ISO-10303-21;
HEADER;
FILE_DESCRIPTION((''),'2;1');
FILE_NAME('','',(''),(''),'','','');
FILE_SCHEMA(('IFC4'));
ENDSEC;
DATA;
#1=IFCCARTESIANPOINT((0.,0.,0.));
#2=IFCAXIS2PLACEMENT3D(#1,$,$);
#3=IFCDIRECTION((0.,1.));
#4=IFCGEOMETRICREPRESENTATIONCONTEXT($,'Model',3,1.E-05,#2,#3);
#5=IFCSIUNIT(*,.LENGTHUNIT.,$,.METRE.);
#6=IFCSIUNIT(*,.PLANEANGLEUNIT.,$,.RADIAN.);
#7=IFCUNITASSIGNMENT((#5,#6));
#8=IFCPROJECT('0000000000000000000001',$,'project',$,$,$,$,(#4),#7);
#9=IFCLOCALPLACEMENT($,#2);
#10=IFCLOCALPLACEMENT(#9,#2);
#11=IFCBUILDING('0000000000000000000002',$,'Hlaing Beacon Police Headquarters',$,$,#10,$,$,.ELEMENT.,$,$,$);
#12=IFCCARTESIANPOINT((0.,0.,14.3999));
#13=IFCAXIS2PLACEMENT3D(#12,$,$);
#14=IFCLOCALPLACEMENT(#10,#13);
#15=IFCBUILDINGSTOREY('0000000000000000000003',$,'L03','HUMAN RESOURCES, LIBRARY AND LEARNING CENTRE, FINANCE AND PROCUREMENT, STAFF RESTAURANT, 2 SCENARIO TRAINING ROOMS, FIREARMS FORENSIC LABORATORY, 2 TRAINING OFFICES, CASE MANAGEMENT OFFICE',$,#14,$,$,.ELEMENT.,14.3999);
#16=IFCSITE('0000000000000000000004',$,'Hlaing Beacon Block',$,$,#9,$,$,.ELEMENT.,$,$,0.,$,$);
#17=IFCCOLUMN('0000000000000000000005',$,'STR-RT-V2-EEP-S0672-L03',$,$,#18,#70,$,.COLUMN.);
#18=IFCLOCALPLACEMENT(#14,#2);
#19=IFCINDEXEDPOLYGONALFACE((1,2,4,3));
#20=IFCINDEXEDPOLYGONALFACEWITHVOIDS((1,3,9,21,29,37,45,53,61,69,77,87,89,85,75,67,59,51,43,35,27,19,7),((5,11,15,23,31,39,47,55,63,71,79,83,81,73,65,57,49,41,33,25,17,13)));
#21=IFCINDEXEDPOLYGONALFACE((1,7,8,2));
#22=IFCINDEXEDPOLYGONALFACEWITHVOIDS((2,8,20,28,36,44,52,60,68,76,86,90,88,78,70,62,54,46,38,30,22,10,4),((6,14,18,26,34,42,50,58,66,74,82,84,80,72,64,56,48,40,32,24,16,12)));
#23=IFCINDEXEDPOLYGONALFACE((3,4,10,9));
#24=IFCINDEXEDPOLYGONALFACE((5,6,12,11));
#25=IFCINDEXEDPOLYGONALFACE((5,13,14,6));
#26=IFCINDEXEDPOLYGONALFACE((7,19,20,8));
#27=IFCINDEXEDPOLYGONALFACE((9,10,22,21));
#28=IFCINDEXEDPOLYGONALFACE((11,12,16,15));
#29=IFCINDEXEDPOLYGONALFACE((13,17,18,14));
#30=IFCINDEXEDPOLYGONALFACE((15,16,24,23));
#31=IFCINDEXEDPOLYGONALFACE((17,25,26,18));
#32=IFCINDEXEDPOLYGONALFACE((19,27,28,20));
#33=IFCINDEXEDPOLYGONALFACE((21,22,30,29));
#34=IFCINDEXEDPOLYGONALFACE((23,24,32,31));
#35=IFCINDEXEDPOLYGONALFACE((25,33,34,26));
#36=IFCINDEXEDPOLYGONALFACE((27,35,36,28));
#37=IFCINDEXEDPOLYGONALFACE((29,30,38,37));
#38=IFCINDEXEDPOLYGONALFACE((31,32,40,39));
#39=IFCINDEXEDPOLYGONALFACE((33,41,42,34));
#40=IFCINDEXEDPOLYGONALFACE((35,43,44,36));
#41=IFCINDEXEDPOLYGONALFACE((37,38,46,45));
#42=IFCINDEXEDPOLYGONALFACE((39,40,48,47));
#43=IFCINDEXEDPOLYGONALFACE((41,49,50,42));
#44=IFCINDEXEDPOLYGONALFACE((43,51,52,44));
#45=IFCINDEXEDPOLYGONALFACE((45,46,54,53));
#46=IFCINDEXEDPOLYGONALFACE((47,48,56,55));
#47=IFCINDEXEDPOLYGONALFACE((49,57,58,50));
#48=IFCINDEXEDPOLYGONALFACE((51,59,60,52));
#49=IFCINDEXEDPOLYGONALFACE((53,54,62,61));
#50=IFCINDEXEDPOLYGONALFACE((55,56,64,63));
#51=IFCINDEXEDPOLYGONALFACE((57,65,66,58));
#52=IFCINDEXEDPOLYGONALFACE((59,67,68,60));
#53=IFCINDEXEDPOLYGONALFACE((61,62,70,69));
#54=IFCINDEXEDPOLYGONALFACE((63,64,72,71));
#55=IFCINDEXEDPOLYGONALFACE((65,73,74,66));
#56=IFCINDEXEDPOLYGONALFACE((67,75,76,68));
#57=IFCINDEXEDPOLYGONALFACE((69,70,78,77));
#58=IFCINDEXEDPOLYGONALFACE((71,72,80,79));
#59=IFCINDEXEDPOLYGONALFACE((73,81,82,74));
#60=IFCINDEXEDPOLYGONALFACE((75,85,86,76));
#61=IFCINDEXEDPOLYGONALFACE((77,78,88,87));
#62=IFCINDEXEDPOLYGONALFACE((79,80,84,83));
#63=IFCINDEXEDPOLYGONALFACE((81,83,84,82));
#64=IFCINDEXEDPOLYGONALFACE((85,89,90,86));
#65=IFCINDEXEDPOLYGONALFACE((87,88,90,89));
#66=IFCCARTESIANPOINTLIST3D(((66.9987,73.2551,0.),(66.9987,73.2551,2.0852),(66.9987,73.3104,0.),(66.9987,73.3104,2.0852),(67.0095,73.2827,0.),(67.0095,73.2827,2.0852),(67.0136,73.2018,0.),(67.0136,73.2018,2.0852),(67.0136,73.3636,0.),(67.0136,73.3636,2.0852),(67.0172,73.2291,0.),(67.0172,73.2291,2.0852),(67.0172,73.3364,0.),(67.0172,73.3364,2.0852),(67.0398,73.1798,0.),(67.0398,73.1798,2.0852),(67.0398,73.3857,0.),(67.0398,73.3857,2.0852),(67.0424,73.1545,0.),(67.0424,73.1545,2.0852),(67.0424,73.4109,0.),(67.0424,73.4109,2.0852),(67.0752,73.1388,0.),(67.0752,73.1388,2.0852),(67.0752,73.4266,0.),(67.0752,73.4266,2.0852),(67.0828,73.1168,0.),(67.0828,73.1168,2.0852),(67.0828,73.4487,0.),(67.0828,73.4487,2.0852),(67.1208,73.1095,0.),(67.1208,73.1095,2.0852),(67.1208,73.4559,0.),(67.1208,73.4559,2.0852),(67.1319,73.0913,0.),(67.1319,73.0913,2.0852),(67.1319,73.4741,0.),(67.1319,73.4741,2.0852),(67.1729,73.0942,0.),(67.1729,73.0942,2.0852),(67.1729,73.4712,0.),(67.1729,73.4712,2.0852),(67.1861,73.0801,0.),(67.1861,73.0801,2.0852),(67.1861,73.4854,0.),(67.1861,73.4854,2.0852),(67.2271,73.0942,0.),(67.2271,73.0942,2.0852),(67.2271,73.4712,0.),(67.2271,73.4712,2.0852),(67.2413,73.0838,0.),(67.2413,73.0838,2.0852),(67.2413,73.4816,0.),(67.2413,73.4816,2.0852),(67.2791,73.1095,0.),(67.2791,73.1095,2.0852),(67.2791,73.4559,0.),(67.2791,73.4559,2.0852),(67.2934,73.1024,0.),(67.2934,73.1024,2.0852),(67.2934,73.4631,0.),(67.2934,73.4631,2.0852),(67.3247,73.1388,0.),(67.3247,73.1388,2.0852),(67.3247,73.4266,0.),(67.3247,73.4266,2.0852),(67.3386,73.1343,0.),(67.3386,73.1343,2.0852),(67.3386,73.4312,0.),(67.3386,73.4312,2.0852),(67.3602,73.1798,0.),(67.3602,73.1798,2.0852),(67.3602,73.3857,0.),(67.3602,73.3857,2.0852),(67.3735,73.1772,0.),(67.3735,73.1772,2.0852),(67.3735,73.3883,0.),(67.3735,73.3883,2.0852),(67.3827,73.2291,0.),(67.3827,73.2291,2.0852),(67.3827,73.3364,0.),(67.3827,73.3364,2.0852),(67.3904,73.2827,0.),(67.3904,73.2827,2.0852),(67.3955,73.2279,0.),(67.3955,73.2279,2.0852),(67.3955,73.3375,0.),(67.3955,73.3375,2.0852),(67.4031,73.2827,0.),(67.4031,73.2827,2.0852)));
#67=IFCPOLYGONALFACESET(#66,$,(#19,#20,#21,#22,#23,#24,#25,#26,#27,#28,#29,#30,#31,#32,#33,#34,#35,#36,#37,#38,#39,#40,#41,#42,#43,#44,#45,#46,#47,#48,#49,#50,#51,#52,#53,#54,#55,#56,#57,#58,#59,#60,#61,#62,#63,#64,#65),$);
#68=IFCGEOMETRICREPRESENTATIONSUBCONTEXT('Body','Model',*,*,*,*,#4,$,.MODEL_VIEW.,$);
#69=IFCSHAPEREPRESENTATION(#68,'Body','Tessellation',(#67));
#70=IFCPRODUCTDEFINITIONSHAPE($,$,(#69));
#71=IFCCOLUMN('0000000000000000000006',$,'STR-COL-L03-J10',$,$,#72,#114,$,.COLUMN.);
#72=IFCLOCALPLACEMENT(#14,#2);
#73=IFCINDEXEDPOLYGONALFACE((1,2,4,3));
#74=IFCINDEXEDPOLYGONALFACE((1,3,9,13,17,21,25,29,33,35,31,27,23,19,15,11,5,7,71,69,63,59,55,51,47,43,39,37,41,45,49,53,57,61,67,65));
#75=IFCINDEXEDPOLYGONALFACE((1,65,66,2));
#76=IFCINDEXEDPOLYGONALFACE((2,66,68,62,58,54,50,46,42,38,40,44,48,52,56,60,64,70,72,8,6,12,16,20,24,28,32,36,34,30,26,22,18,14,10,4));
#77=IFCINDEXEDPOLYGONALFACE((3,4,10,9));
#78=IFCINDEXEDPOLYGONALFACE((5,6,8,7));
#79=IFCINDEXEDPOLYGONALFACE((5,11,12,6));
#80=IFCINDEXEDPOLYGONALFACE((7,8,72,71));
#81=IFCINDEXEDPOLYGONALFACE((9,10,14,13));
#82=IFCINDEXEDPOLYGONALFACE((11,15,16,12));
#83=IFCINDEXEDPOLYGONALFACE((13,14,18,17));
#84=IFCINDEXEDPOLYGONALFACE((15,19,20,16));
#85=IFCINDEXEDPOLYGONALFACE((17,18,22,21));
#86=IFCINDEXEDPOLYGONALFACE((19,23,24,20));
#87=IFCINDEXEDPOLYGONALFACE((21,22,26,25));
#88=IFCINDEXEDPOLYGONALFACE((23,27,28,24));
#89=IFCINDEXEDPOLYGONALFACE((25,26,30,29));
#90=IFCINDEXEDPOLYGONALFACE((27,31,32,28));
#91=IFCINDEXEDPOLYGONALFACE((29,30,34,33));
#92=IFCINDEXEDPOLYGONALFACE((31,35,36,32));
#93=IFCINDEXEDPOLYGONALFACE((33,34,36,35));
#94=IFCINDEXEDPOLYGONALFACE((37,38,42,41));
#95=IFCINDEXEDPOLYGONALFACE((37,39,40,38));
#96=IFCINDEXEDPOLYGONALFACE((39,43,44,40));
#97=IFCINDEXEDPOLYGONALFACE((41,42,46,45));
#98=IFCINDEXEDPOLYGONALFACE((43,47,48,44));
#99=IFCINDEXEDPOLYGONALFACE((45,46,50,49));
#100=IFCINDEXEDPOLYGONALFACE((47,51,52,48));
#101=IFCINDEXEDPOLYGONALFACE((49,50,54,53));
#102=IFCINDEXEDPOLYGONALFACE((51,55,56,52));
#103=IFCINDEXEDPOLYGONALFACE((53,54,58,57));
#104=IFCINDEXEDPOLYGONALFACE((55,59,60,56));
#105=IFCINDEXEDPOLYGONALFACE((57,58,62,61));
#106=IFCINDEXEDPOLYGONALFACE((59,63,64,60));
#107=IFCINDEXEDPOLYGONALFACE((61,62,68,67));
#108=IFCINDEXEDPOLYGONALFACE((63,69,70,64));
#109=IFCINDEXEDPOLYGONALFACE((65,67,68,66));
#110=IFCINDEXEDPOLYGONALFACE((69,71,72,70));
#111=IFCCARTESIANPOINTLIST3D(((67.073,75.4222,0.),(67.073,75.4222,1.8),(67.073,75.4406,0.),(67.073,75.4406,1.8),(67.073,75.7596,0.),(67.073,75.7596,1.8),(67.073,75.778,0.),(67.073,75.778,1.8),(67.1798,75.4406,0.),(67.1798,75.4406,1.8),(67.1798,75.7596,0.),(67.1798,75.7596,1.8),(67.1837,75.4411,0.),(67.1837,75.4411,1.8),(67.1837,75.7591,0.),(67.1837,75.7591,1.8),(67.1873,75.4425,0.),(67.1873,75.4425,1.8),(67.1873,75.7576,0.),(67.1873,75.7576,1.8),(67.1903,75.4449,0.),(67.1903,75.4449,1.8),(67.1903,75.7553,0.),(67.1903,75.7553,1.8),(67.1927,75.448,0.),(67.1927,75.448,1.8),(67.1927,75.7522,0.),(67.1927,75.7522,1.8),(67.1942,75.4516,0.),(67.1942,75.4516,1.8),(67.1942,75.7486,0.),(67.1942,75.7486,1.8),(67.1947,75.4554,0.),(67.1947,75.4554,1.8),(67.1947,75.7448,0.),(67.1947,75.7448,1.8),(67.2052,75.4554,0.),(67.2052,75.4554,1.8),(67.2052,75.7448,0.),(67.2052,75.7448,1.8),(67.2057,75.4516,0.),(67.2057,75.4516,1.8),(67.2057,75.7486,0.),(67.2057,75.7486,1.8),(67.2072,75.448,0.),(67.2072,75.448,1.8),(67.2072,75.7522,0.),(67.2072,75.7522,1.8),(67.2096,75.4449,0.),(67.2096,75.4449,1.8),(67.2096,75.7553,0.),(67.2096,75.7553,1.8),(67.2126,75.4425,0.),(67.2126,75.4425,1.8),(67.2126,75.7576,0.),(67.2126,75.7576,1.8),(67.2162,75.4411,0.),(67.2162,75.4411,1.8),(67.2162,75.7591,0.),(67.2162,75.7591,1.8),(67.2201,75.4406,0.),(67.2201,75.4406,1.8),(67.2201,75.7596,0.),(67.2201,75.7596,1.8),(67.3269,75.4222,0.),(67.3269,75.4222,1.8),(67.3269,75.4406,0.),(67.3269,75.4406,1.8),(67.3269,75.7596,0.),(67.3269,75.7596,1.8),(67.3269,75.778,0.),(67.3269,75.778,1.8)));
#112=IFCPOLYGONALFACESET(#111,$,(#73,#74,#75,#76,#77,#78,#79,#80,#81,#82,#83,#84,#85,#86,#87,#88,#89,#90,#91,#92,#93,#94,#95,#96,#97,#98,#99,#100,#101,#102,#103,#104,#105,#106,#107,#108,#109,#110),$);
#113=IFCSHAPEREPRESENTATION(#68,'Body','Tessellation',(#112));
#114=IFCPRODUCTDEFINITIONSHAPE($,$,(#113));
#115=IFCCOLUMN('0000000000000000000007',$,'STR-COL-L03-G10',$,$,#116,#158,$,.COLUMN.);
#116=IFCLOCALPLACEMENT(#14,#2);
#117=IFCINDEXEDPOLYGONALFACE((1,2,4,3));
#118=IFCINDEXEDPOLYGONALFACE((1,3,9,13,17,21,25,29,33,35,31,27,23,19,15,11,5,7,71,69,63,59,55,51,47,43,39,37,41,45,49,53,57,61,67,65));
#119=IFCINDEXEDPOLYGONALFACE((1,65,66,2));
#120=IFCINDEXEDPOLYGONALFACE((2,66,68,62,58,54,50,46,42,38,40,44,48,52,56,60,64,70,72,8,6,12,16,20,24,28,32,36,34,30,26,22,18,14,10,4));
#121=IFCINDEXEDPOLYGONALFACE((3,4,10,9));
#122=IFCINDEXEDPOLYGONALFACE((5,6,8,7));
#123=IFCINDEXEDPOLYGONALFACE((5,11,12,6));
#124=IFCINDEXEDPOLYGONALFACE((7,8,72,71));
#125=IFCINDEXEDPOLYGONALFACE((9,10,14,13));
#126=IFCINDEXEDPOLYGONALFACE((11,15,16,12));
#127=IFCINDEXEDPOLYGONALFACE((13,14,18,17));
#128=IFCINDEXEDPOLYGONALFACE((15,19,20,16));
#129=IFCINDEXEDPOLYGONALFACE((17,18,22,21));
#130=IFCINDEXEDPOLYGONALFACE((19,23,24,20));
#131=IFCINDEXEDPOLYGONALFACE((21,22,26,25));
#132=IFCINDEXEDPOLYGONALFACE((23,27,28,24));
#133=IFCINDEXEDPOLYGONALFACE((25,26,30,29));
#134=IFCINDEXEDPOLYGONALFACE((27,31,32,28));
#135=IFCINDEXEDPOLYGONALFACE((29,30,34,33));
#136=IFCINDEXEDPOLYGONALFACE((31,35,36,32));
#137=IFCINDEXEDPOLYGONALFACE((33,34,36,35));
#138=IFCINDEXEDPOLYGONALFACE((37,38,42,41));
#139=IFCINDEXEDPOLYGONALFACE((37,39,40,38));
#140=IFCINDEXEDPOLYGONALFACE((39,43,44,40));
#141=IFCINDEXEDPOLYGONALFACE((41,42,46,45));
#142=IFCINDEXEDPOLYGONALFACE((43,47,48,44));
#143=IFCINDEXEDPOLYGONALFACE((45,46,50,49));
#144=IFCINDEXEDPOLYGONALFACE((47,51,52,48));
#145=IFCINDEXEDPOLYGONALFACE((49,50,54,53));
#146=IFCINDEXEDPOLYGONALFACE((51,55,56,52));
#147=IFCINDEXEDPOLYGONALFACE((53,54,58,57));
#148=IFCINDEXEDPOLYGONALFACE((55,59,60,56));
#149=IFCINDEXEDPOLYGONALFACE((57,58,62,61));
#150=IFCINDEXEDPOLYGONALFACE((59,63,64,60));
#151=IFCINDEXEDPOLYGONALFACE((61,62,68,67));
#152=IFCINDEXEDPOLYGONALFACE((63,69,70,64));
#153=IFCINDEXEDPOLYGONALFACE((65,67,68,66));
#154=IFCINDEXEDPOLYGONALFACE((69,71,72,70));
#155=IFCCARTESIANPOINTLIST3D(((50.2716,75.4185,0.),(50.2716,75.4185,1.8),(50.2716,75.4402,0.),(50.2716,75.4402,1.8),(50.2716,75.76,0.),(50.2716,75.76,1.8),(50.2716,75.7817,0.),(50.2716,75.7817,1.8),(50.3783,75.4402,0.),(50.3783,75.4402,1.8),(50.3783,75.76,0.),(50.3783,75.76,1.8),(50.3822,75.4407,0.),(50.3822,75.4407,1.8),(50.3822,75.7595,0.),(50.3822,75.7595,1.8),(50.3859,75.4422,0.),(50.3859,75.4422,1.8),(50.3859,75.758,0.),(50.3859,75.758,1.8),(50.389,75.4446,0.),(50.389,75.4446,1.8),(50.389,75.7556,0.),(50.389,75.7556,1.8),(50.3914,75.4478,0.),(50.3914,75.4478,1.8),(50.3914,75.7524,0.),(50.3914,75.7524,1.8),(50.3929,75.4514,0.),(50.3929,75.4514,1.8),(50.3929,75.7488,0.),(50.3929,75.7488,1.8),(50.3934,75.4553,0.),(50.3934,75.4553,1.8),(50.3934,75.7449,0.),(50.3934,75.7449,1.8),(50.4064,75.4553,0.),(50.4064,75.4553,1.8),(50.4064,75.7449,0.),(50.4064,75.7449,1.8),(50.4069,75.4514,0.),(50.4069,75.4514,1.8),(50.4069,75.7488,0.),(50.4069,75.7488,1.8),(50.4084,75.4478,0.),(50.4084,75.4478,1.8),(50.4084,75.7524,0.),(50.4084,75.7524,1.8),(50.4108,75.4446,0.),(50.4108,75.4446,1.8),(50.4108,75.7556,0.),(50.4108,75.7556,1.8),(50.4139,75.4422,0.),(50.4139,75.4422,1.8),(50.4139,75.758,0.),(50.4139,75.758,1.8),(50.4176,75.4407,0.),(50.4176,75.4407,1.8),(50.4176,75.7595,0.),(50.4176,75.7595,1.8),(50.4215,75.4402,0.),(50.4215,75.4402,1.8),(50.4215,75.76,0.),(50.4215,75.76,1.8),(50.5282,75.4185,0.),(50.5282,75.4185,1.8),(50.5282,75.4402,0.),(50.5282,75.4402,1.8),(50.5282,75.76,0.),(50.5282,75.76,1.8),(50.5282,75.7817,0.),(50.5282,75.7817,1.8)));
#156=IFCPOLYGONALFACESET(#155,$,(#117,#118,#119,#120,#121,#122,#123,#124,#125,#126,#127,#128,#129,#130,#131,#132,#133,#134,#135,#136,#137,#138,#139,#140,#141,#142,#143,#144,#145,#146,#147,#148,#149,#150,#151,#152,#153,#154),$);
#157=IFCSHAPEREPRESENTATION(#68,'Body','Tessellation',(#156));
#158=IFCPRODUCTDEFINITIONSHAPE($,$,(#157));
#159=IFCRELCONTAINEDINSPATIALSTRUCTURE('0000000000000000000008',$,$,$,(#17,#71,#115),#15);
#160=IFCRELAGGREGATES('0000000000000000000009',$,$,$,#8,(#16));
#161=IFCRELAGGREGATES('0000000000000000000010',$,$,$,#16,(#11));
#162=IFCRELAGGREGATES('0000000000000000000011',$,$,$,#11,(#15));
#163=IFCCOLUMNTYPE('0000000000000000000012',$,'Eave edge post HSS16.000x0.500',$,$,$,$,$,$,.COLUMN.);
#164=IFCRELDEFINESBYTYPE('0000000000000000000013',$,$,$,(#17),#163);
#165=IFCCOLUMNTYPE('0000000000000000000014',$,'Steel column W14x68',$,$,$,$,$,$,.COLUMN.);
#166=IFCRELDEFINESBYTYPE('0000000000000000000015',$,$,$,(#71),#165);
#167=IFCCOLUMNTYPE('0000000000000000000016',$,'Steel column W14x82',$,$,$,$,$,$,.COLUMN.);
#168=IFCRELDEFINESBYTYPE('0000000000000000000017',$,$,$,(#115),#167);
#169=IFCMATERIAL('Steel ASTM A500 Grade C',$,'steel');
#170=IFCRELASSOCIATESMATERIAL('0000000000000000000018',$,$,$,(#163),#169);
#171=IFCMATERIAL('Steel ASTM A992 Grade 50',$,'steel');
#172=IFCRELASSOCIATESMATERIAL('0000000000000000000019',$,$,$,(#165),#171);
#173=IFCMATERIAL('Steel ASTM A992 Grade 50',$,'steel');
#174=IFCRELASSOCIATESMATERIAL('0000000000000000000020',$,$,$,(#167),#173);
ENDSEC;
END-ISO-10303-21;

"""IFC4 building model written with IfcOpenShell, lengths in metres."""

from ifc_helpers import new_model, si_unit, direction, frame, origin, origin_2d, place, context, subcontext, project, spatial, hollow_circle, i_section, extrude, material, material_profile, profile_set, type_object, element, save


model = new_model("IFC4")

# Units and contexts
model_context = context("Model", 3, precision=1e-05, world=origin(), true_north=direction((0.0, 1.0)))
body_context = subcontext(model_context, "Body", "Model", "MODEL_VIEW")
ifc_project = project(units=[si_unit("LENGTHUNIT", "METRE"), si_unit("PLANEANGLEUNIT", "RADIAN")], contexts=[model_context])

# Site, building, storey
site_placement = place(None, origin())
site = spatial("IfcSite", under=ifc_project, at=site_placement, Name="Hlaing Beacon Block", CompositionType="ELEMENT", RefElevation=0.0)
building_placement = place(site_placement, origin())
building = spatial("IfcBuilding", under=site, at=building_placement, Name="Hlaing Beacon Police Headquarters", CompositionType="ELEMENT")
storey_placement = place(building_placement, frame((0.0, 0.0, 14.3999)))
storey = spatial("IfcBuildingStorey", under=building, at=storey_placement, Name="L03", Description="HUMAN RESOURCES, LIBRARY AND LEARNING CENTRE, FINANCE AND PROCUREMENT, STAFF RESTAURANT, 2 SCENARIO TRAINING ROOMS, FIREARMS FORENSIC LABORATORY, 2 TRAINING OFFICES, CASE MANAGEMENT OFFICE", CompositionType="ELEMENT", Elevation=14.3999)

# Columns
ifc_material_1 = material(Name="Steel ASTM A500 Grade C", Category="steel")
ifc_material_profile_1 = material_profile(ifc_material_1, hollow_circle(Radius=0.2031, WallThickness=0.0127, at=origin_2d()), Name="HSS16.000x0.500")
ifc_profile_set_1 = profile_set([ifc_material_profile_1], Name="Steel ASTM A500 Grade C")
column_type_1 = type_object("IfcColumnType", Name="Eave edge post HSS16.000x0.500", PredefinedType="COLUMN", material=ifc_profile_set_1)
column_1_placement = place(storey_placement, frame((67.2, 73.2827, 0.0), z_axis=(0.0, 0.0, 1.0), x_axis=(1.0, 0.0, 0.0)))
element("IfcColumn", 1, at=column_1_placement, inside=storey, type_object=column_type_1, Name="STR-RT-V2-EEP-S0672-L03", PredefinedType="COLUMN", context=body_context, shape_type="SweptSolid", body=[
    extrude(hollow_circle(Radius=0.2031, WallThickness=0.0127, at=origin_2d()), origin(), (0.0, 0.0, 1.0), 2.0852),
])
ifc_material_2 = material(Name="Steel ASTM A992 Grade 50", Category="steel")
ifc_material_profile_2 = material_profile(ifc_material_2, i_section(OverallWidth=0.2539, OverallDepth=0.3557, WebThickness=0.0105, FlangeThickness=0.0183, FilletRadius=0.0149, at=origin_2d()), Name="W14x68")
ifc_profile_set_2 = profile_set([ifc_material_profile_2], Name="Steel ASTM A992 Grade 50")
column_type_2 = type_object("IfcColumnType", Name="Steel column W14x68", PredefinedType="COLUMN", material=ifc_profile_set_2)
column_2_placement = place(storey_placement, frame((67.2, 75.6001, 0.0), z_axis=(0.0, 0.0, 1.0), x_axis=(1.0, 0.0, 0.0)))
element("IfcColumn", 2, at=column_2_placement, inside=storey, type_object=column_type_2, Name="STR-COL-L03-J10", PredefinedType="COLUMN", context=body_context, shape_type="SweptSolid", body=[
    extrude(i_section(OverallWidth=0.2539, OverallDepth=0.3557, WebThickness=0.0105, FlangeThickness=0.0183, FilletRadius=0.0149, at=origin_2d()), origin(), (0.0, 0.0, 1.0), 1.8),
])
ifc_material_3 = material(Name="Steel ASTM A992 Grade 50", Category="steel")
ifc_material_profile_3 = material_profile(ifc_material_3, i_section(OverallWidth=0.2566, OverallDepth=0.3633, WebThickness=0.0129, FlangeThickness=0.0217, FilletRadius=0.0151, at=origin_2d()), Name="W14x82")
ifc_profile_set_3 = profile_set([ifc_material_profile_3], Name="Steel ASTM A992 Grade 50")
column_type_3 = type_object("IfcColumnType", Name="Steel column W14x82", PredefinedType="COLUMN", material=ifc_profile_set_3)
for number, where, z_axis, x_axis, name in (
    (3, (50.3999, 75.6001, 0.0), (0.0, 0.0, 1.0), (1.0, 0.0, 0.0), "STR-COL-L03-G10"),
):
    element("IfcColumn", number, at=place(storey_placement, frame(where, z_axis=z_axis, x_axis=x_axis)), inside=storey, type_object=column_type_3, Name=name, PredefinedType="COLUMN", context=body_context, shape_type="SweptSolid", body=[
        extrude(i_section(OverallWidth=0.2566, OverallDepth=0.3633, WebThickness=0.0129, FlangeThickness=0.0217, FilletRadius=0.0151, at=origin_2d()), origin(), (0.0, 0.0, 1.0), 1.8),
    ])

save(model, "model.ifc")
